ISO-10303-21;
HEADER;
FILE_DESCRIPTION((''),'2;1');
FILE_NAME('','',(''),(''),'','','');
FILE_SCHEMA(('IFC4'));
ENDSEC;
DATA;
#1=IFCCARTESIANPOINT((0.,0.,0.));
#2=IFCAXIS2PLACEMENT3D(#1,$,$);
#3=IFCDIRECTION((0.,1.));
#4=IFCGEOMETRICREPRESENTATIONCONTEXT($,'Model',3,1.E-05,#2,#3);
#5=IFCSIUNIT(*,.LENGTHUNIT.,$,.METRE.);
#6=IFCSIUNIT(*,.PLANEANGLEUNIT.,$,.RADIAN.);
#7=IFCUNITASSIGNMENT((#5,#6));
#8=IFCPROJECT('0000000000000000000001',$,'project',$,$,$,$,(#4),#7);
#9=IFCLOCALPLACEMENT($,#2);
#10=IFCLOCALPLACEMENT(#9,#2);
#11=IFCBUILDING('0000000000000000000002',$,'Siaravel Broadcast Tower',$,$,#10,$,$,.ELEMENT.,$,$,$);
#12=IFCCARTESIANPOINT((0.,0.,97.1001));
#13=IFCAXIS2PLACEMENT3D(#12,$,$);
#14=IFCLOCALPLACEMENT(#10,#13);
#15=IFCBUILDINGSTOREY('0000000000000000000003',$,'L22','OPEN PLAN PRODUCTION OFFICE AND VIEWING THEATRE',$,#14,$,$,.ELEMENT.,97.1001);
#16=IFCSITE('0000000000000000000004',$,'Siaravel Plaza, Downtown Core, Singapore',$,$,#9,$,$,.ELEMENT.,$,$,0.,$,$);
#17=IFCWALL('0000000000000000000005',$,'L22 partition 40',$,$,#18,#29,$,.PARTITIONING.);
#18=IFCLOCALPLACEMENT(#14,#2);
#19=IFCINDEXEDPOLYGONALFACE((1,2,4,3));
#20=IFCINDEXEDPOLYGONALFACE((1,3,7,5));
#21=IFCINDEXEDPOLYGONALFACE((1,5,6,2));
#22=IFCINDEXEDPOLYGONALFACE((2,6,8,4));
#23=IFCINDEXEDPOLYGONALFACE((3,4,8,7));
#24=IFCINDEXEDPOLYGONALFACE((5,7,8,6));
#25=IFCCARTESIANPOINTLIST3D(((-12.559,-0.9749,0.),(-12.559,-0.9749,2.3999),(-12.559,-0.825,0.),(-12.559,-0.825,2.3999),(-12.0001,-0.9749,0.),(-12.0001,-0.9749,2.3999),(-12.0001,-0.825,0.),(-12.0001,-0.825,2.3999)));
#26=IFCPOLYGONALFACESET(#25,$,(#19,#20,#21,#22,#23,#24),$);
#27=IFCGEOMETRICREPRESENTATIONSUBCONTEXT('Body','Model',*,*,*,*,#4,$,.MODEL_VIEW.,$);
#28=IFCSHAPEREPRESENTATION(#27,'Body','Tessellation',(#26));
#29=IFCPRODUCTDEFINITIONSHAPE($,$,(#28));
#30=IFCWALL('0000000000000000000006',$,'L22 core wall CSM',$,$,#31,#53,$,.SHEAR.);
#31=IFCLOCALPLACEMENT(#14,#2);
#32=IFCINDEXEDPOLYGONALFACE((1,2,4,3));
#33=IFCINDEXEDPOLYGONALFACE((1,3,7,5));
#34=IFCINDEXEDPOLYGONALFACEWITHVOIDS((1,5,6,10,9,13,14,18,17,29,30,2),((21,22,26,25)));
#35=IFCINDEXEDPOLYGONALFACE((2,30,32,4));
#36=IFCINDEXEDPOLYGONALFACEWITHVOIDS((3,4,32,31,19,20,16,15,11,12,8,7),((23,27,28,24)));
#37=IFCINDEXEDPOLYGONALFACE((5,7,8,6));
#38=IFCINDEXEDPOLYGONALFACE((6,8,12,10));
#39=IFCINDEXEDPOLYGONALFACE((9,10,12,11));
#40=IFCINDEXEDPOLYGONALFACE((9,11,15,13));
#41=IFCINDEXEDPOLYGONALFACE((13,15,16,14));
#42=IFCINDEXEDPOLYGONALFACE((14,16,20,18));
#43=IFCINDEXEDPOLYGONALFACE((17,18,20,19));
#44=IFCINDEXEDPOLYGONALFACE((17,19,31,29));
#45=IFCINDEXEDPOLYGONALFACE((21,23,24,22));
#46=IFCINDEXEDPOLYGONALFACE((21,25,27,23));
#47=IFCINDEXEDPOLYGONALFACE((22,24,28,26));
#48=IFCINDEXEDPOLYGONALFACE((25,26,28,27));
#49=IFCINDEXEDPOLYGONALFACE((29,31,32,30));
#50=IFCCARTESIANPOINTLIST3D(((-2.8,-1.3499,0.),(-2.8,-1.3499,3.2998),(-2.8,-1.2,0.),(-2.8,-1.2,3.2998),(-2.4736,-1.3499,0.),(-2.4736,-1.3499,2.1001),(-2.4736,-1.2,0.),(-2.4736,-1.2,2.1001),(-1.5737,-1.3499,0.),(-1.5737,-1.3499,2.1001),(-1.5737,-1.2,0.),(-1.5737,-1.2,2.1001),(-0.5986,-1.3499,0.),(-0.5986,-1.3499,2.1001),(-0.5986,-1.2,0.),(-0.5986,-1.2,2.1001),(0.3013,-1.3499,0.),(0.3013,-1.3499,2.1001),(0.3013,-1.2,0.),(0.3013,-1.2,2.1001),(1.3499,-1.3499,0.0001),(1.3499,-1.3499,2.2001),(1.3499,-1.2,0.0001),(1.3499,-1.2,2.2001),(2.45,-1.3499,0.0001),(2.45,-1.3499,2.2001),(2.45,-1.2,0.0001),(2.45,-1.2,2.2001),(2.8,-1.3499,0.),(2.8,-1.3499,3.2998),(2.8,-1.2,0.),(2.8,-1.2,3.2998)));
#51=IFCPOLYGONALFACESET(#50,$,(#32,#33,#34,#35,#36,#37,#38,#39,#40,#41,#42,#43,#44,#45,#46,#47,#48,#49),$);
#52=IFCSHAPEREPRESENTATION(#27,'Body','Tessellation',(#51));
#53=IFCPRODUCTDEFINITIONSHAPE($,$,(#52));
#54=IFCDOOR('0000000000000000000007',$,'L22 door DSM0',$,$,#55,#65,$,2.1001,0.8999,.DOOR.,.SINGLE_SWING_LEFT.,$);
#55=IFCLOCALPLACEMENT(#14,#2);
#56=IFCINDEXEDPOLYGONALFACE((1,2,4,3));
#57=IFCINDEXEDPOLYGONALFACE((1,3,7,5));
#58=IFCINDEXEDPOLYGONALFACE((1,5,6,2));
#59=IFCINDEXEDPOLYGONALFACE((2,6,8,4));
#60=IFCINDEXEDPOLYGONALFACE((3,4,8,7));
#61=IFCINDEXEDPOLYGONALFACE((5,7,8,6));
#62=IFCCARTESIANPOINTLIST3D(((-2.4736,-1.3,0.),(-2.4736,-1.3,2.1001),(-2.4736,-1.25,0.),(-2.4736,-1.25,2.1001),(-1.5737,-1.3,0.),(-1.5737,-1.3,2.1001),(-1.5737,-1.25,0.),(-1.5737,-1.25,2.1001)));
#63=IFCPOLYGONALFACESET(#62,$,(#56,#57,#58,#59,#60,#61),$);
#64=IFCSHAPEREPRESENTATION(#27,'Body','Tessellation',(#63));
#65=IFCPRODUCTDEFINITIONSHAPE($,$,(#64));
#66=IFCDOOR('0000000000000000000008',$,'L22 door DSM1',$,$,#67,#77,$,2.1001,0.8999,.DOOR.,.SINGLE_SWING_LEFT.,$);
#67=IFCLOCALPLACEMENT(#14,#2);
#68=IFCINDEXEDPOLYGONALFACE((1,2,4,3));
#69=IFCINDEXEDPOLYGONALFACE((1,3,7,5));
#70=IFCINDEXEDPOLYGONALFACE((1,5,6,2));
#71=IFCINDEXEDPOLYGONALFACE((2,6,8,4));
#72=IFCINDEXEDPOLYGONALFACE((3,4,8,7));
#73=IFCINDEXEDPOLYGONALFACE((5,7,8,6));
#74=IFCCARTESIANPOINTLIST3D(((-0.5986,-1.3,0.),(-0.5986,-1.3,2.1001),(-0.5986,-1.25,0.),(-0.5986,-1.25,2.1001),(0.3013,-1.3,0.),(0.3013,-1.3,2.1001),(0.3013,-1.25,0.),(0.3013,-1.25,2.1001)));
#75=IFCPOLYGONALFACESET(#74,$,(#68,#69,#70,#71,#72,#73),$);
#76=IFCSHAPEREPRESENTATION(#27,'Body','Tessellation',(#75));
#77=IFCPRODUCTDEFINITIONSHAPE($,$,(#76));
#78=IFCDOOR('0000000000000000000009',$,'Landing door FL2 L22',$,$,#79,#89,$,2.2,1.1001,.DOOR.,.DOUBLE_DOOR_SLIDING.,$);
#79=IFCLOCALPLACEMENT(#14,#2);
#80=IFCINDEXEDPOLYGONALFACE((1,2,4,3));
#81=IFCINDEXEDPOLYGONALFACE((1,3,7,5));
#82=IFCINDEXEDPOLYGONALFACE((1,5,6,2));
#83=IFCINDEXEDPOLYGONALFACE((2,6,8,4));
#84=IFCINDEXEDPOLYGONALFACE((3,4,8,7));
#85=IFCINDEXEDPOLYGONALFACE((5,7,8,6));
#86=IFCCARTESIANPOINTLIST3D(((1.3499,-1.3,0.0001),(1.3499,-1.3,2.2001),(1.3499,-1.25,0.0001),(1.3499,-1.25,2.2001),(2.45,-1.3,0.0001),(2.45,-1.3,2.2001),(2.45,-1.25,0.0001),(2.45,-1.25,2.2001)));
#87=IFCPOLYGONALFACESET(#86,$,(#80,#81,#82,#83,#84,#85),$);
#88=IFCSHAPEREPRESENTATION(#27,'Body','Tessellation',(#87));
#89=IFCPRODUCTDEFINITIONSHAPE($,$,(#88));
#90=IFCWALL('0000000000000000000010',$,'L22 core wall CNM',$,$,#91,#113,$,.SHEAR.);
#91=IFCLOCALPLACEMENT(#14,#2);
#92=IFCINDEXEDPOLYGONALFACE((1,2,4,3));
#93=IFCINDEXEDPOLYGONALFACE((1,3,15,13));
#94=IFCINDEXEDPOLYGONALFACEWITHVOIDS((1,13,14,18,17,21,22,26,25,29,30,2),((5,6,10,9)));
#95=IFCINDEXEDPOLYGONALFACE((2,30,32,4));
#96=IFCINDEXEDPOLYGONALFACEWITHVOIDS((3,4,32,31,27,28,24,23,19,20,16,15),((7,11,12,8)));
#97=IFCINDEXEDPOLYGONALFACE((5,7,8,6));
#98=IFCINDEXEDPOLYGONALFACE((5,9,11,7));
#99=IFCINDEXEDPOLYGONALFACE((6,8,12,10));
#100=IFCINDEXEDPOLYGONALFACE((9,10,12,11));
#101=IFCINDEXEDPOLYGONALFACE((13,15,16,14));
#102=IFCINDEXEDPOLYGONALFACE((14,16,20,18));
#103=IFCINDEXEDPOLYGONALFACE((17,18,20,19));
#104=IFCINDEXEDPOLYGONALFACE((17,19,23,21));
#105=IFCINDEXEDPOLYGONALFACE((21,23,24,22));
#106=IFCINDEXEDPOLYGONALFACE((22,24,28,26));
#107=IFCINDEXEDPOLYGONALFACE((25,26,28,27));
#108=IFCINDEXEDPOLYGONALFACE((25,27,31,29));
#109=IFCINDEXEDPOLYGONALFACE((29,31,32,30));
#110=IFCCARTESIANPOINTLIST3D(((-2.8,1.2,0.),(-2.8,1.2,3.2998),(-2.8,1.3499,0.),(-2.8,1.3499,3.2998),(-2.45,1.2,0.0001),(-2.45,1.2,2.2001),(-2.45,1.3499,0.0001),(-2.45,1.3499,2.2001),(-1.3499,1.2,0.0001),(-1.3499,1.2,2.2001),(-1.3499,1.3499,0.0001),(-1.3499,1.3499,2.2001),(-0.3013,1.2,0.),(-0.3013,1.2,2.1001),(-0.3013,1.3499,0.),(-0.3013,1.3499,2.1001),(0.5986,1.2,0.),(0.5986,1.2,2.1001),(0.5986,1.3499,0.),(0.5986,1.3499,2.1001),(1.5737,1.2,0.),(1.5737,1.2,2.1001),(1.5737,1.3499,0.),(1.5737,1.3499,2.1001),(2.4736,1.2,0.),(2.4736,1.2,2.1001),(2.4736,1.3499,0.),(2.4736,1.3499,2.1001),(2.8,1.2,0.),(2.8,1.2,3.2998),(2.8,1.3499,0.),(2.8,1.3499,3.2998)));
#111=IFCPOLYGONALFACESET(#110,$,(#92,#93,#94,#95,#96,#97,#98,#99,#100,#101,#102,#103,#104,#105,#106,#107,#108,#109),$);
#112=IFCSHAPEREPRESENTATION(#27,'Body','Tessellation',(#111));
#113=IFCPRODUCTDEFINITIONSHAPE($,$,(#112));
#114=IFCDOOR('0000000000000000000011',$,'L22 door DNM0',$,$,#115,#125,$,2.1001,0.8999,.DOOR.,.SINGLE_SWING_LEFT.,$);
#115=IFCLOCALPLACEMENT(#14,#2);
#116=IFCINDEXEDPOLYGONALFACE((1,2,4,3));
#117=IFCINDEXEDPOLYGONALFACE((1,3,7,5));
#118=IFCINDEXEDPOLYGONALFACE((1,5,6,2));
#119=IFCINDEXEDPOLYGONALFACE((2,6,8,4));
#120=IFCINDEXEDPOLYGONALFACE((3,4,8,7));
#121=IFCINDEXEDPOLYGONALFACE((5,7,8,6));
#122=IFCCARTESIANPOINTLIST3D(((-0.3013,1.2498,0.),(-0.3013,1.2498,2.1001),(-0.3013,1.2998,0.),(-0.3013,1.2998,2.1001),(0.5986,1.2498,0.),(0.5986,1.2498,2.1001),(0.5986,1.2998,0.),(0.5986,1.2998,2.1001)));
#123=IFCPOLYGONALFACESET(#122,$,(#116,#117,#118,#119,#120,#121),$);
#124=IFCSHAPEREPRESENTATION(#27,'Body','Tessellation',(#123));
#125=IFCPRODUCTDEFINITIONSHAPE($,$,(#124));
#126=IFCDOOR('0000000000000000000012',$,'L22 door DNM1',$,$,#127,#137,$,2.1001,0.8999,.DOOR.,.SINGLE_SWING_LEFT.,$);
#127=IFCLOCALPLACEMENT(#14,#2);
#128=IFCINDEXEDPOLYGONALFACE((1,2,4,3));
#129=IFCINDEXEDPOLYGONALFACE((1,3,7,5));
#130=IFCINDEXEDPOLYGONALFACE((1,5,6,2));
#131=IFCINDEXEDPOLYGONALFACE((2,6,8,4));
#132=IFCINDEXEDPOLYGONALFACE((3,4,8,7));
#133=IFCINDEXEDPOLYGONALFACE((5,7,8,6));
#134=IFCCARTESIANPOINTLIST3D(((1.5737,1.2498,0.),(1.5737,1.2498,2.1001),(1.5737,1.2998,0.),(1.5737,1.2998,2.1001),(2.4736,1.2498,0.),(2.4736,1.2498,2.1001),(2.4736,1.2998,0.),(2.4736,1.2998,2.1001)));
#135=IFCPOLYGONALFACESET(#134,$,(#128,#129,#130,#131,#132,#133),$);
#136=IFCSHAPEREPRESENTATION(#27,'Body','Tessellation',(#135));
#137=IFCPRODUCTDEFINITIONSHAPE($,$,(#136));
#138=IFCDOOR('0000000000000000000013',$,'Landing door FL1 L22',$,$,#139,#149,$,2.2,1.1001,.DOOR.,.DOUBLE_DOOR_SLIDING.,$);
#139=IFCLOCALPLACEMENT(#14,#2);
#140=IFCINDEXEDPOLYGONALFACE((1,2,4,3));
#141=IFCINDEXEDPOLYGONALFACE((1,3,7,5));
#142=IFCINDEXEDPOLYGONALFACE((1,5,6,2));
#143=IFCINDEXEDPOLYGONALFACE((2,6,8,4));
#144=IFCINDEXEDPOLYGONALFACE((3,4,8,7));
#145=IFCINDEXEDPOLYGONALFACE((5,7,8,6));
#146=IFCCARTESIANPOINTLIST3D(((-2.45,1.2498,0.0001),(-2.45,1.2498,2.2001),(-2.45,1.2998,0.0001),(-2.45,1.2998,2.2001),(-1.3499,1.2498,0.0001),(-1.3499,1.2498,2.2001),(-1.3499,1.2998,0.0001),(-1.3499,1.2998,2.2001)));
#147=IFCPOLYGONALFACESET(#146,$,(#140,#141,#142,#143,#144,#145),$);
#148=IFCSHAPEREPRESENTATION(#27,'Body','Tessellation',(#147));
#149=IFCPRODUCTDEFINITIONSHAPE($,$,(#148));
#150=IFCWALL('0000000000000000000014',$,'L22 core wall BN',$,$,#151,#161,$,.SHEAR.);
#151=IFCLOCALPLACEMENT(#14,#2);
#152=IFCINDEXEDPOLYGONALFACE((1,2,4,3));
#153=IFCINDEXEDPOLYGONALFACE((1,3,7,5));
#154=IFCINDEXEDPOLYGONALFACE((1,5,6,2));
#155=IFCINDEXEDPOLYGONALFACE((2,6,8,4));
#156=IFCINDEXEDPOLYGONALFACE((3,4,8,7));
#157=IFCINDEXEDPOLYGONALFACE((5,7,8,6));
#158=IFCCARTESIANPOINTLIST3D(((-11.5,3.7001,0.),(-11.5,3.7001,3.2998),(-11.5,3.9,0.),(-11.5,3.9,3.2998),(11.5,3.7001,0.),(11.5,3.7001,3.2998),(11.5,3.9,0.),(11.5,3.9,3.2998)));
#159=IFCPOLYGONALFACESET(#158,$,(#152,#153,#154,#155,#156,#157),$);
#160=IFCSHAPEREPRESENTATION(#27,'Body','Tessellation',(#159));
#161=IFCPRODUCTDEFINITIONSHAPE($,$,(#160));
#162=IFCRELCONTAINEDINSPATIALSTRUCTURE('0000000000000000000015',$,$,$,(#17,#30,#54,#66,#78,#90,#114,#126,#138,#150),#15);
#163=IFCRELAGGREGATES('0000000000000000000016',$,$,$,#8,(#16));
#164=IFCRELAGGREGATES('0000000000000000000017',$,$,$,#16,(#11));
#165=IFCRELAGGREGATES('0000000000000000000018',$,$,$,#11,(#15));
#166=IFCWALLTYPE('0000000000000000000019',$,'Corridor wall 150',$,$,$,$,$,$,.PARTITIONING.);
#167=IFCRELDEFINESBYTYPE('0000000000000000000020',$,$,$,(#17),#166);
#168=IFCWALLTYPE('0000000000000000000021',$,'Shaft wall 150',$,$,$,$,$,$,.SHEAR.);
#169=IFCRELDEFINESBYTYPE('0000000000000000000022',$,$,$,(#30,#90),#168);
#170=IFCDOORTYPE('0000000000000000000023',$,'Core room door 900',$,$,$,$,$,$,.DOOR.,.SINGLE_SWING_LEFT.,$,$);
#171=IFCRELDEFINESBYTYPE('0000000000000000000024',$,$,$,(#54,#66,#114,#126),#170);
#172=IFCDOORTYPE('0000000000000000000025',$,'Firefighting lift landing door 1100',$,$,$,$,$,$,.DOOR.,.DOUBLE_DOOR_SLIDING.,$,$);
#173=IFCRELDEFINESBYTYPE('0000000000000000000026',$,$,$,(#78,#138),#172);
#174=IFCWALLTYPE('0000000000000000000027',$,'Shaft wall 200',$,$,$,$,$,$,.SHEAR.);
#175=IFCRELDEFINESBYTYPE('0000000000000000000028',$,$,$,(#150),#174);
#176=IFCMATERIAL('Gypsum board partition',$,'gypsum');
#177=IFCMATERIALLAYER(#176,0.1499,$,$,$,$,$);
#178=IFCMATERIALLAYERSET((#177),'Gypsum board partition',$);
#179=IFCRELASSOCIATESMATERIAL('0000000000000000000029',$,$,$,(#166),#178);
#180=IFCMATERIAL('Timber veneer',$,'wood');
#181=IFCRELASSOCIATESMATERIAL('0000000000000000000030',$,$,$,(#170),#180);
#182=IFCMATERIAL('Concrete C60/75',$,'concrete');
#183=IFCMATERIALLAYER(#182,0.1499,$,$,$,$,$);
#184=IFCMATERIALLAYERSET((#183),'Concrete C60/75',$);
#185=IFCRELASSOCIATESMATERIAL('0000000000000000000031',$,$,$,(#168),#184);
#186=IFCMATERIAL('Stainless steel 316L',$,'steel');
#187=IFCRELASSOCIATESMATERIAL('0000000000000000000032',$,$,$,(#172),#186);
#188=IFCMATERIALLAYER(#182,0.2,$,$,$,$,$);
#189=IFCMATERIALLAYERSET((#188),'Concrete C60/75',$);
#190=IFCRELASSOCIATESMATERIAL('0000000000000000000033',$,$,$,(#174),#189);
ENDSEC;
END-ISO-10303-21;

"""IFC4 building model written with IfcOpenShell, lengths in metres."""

from ifc_helpers import new_model, si_unit, direction, frame, frame_2d, origin, place, context, subcontext, project, spatial, rectangle, extrude, material, layer, layer_set, type_object, element, fill, save


model = new_model("IFC4")

# Units and contexts
model_context = context("Model", 3, precision=1e-05, world=origin(), true_north=direction((0.0, 1.0)))
body_context = subcontext(model_context, "Body", "Model", "MODEL_VIEW")
ifc_project = project(units=[si_unit("LENGTHUNIT", "METRE"), si_unit("PLANEANGLEUNIT", "RADIAN")], contexts=[model_context])

# Site, building, storey
site_placement = place(None, origin())
site = spatial("IfcSite", under=ifc_project, at=site_placement, Name="Siaravel Plaza, Downtown Core, Singapore", CompositionType="ELEMENT", RefElevation=0.0)
building_placement = place(site_placement, origin())
building = spatial("IfcBuilding", under=site, at=building_placement, Name="Siaravel Broadcast Tower", CompositionType="ELEMENT")
storey_placement = place(building_placement, frame((0.0, 0.0, 97.1001)))
storey = spatial("IfcBuildingStorey", under=building, at=storey_placement, Name="L22", Description="OPEN PLAN PRODUCTION OFFICE AND VIEWING THEATRE", CompositionType="ELEMENT", Elevation=97.1001)

# Shared definitions
ifc_material_1 = material(Name="Gypsum board partition", Category="gypsum")
ifc_layer_1 = layer(ifc_material_1, 0.1499)
ifc_layer_set_1 = layer_set([ifc_layer_1], Name="Gypsum board partition")
wall_type_1 = type_object("IfcWallType", Name="Corridor wall 150", PredefinedType="PARTITIONING", material=ifc_layer_set_1)
ifc_material_2 = material(Name="Timber veneer", Category="wood")
door_type_1 = type_object("IfcDoorType", Name="Core room door 900", OperationType="SINGLE_SWING_LEFT", PredefinedType="DOOR", material=ifc_material_2)

# Wall
wall_1_placement = place(storey_placement, frame((-12.5588, -0.8999, 0.0), z_axis=(0.0, 0.0, 1.0), x_axis=(1.0, 0.0, 0.0)))
element("IfcWall", 1, at=wall_1_placement, inside=storey, type_object=wall_type_1, Name="L22 partition 40", PredefinedType="PARTITIONING", context=body_context, shape_type="SweptSolid", body=[
    extrude(rectangle(XDim=0.5588, YDim=0.1499, at=frame_2d((0.2793, 0.0))), origin(), (0.0, 0.0, 1.0), 2.3999),
])

# Walls, openings, doors
ifc_material_3 = material(Name="Concrete C60/75", Category="concrete")
ifc_layer_2 = layer(ifc_material_3, 0.1499)
ifc_layer_set_2 = layer_set([ifc_layer_2], Name="Concrete C60/75")
wall_type_2 = type_object("IfcWallType", Name="Shaft wall 150", PredefinedType="SHEAR", material=ifc_layer_set_2)
wall_2_placement = place(storey_placement, frame((-2.8, -1.2749, 0.0), z_axis=(0.0, 0.0, 1.0), x_axis=(1.0, 0.0, 0.0)))
wall_2 = element("IfcWall", 2, at=wall_2_placement, inside=storey, type_object=wall_type_2, Name="L22 core wall CSM", PredefinedType="SHEAR", context=body_context, shape_type="SweptSolid", body=[
    extrude(rectangle(XDim=5.6001, YDim=0.1499, at=frame_2d((2.8, 0.0))), origin(), (0.0, 0.0, 1.0), 3.2998),
])
opening_1_placement = place(wall_2_placement, frame((4.1499, 0.0, 0.0)))
opening_1 = element("IfcOpeningElement", 3, at=opening_1_placement, cuts=wall_2, PredefinedType="OPENING", context=body_context, shape_type="SweptSolid", body=[
    extrude(rectangle(XDim=1.1001, YDim=2.2, at=frame_2d((0.55, 1.1001))), frame((0.0, 0.085, 0.0), z_axis=(0.0, -1.0, 0.0), x_axis=(1.0, 0.0, 0.0)), (0.0, 0.0, 1.0), 0.1699),
])
opening_2_placement = place(wall_2_placement, frame((0.3264, 0.0, 0.0)))
opening_2 = element("IfcOpeningElement", 4, at=opening_2_placement, cuts=wall_2, PredefinedType="OPENING", context=body_context, shape_type="SweptSolid", body=[
    extrude(rectangle(XDim=0.8999, YDim=2.1001, at=frame_2d((0.45, 1.05))), frame((0.0, 0.085, 0.0), z_axis=(0.0, -1.0, 0.0), x_axis=(1.0, 0.0, 0.0)), (0.0, 0.0, 1.0), 0.1699),
])
opening_3_placement = place(wall_2_placement, frame((2.2014, 0.0, 0.0)))
opening_3 = element("IfcOpeningElement", 5, at=opening_3_placement, cuts=wall_2, PredefinedType="OPENING", context=body_context, shape_type="SweptSolid", body=[
    extrude(rectangle(XDim=0.8999, YDim=2.1001, at=frame_2d((0.45, 1.05))), frame((0.0, 0.085, 0.0), z_axis=(0.0, -1.0, 0.0), x_axis=(1.0, 0.0, 0.0)), (0.0, 0.0, 1.0), 0.1699),
])
door_1_placement = place(opening_2_placement, origin())
door_1 = element("IfcDoor", 6, at=door_1_placement, inside=storey, type_object=door_type_1, Name="L22 door DSM0", OperationType="SINGLE_SWING_LEFT", OverallHeight=2.1001, OverallWidth=0.8999, PredefinedType="DOOR", context=body_context, shape_type="SweptSolid", body=[
    extrude(rectangle(XDim=0.8999, YDim=2.1001, at=frame_2d((0.45, 1.05))), frame((0.0, 0.0249, 0.0), z_axis=(0.0, -1.0, 0.0), x_axis=(1.0, 0.0, 0.0)), (0.0, 0.0, 1.0), 0.05),
])
fill(opening_2, door_1)
door_2_placement = place(opening_3_placement, origin())
door_2 = element("IfcDoor", 7, at=door_2_placement, inside=storey, type_object=door_type_1, Name="L22 door DSM1", OperationType="SINGLE_SWING_LEFT", OverallHeight=2.1001, OverallWidth=0.8999, PredefinedType="DOOR", context=body_context, shape_type="SweptSolid", body=[
    extrude(rectangle(XDim=0.8999, YDim=2.1001, at=frame_2d((0.45, 1.05))), frame((0.0, 0.0249, 0.0), z_axis=(0.0, -1.0, 0.0), x_axis=(1.0, 0.0, 0.0)), (0.0, 0.0, 1.0), 0.05),
])
fill(opening_3, door_2)
ifc_material_4 = material(Name="Stainless steel 316L", Category="steel")
door_type_2 = type_object("IfcDoorType", Name="Firefighting lift landing door 1100", OperationType="DOUBLE_DOOR_SLIDING", PredefinedType="DOOR", material=ifc_material_4)
door_3_placement = place(opening_1_placement, origin())
door_3 = element("IfcDoor", 8, at=door_3_placement, inside=storey, type_object=door_type_2, Name="Landing door FL2 L22", OperationType="DOUBLE_DOOR_SLIDING", OverallHeight=2.2, OverallWidth=1.1001, PredefinedType="DOOR", context=body_context, shape_type="SweptSolid", body=[
    extrude(rectangle(XDim=1.1001, YDim=2.2, at=frame_2d((0.55, 1.1001))), frame((0.0, 0.0249, 0.0), z_axis=(0.0, -1.0, 0.0), x_axis=(1.0, 0.0, 0.0)), (0.0, 0.0, 1.0), 0.05),
])
fill(opening_1, door_3)
wall_3_placement = place(storey_placement, frame((-2.8, 1.2749, 0.0), z_axis=(0.0, 0.0, 1.0), x_axis=(1.0, 0.0, 0.0)))
wall_3 = element("IfcWall", 9, at=wall_3_placement, inside=storey, type_object=wall_type_2, Name="L22 core wall CNM", PredefinedType="SHEAR", context=body_context, shape_type="SweptSolid", body=[
    extrude(rectangle(XDim=5.6001, YDim=0.1499, at=frame_2d((2.8, 0.0))), origin(), (0.0, 0.0, 1.0), 3.2998),
])
opening_4_placement = place(wall_3_placement, frame((0.3501, 0.0, 0.0)))
opening_4 = element("IfcOpeningElement", 10, at=opening_4_placement, cuts=wall_3, PredefinedType="OPENING", context=body_context, shape_type="SweptSolid", body=[
    extrude(rectangle(XDim=1.1001, YDim=2.2, at=frame_2d((0.55, 1.1001))), frame((0.0, 0.085, 0.0), z_axis=(0.0, -1.0, 0.0), x_axis=(1.0, 0.0, 0.0)), (0.0, 0.0, 1.0), 0.1699),
])
opening_5_placement = place(wall_3_placement, frame((2.4988, 0.0, 0.0)))
opening_5 = element("IfcOpeningElement", 11, at=opening_5_placement, cuts=wall_3, PredefinedType="OPENING", context=body_context, shape_type="SweptSolid", body=[
    extrude(rectangle(XDim=0.8999, YDim=2.1001, at=frame_2d((0.45, 1.05))), frame((0.0, 0.085, 0.0), z_axis=(0.0, -1.0, 0.0), x_axis=(1.0, 0.0, 0.0)), (0.0, 0.0, 1.0), 0.1699),
])
opening_6_placement = place(wall_3_placement, frame((4.3738, 0.0, 0.0)))
opening_6 = element("IfcOpeningElement", 12, at=opening_6_placement, cuts=wall_3, PredefinedType="OPENING", context=body_context, shape_type="SweptSolid", body=[
    extrude(rectangle(XDim=0.8999, YDim=2.1001, at=frame_2d((0.45, 1.05))), frame((0.0, 0.085, 0.0), z_axis=(0.0, -1.0, 0.0), x_axis=(1.0, 0.0, 0.0)), (0.0, 0.0, 1.0), 0.1699),
])
door_4_placement = place(opening_5_placement, origin())
door_4 = element("IfcDoor", 13, at=door_4_placement, inside=storey, type_object=door_type_1, Name="L22 door DNM0", OperationType="SINGLE_SWING_LEFT", OverallHeight=2.1001, OverallWidth=0.8999, PredefinedType="DOOR", context=body_context, shape_type="SweptSolid", body=[
    extrude(rectangle(XDim=0.8999, YDim=2.1001, at=frame_2d((0.45, 1.05))), frame((0.0, 0.0249, 0.0), z_axis=(0.0, -1.0, 0.0), x_axis=(1.0, 0.0, 0.0)), (0.0, 0.0, 1.0), 0.05),
])
fill(opening_5, door_4)
door_5_placement = place(opening_6_placement, origin())
door_5 = element("IfcDoor", 14, at=door_5_placement, inside=storey, type_object=door_type_1, Name="L22 door DNM1", OperationType="SINGLE_SWING_LEFT", OverallHeight=2.1001, OverallWidth=0.8999, PredefinedType="DOOR", context=body_context, shape_type="SweptSolid", body=[
    extrude(rectangle(XDim=0.8999, YDim=2.1001, at=frame_2d((0.45, 1.05))), frame((0.0, 0.0249, 0.0), z_axis=(0.0, -1.0, 0.0), x_axis=(1.0, 0.0, 0.0)), (0.0, 0.0, 1.0), 0.05),
])
fill(opening_6, door_5)
door_6_placement = place(opening_4_placement, origin())
door_6 = element("IfcDoor", 15, at=door_6_placement, inside=storey, type_object=door_type_2, Name="Landing door FL1 L22", OperationType="DOUBLE_DOOR_SLIDING", OverallHeight=2.2, OverallWidth=1.1001, PredefinedType="DOOR", context=body_context, shape_type="SweptSolid", body=[
    extrude(rectangle(XDim=1.1001, YDim=2.2, at=frame_2d((0.55, 1.1001))), frame((0.0, 0.0249, 0.0), z_axis=(0.0, -1.0, 0.0), x_axis=(1.0, 0.0, 0.0)), (0.0, 0.0, 1.0), 0.05),
])
fill(opening_4, door_6)

# Wall
ifc_layer_3 = layer(ifc_material_3, 0.2)
ifc_layer_set_3 = layer_set([ifc_layer_3], Name="Concrete C60/75")
wall_type_3 = type_object("IfcWallType", Name="Shaft wall 200", PredefinedType="SHEAR", material=ifc_layer_set_3)
wall_4_placement = place(storey_placement, frame((-11.5, 3.8, 0.0), z_axis=(0.0, 0.0, 1.0), x_axis=(1.0, 0.0, 0.0)))
element("IfcWall", 16, at=wall_4_placement, inside=storey, type_object=wall_type_3, Name="L22 core wall BN", PredefinedType="SHEAR", context=body_context, shape_type="SweptSolid", body=[
    extrude(rectangle(XDim=23.0, YDim=0.2, at=frame_2d((11.5, 0.0))), origin(), (0.0, 0.0, 1.0), 3.2998),
])

save(model, "model.ifc")
